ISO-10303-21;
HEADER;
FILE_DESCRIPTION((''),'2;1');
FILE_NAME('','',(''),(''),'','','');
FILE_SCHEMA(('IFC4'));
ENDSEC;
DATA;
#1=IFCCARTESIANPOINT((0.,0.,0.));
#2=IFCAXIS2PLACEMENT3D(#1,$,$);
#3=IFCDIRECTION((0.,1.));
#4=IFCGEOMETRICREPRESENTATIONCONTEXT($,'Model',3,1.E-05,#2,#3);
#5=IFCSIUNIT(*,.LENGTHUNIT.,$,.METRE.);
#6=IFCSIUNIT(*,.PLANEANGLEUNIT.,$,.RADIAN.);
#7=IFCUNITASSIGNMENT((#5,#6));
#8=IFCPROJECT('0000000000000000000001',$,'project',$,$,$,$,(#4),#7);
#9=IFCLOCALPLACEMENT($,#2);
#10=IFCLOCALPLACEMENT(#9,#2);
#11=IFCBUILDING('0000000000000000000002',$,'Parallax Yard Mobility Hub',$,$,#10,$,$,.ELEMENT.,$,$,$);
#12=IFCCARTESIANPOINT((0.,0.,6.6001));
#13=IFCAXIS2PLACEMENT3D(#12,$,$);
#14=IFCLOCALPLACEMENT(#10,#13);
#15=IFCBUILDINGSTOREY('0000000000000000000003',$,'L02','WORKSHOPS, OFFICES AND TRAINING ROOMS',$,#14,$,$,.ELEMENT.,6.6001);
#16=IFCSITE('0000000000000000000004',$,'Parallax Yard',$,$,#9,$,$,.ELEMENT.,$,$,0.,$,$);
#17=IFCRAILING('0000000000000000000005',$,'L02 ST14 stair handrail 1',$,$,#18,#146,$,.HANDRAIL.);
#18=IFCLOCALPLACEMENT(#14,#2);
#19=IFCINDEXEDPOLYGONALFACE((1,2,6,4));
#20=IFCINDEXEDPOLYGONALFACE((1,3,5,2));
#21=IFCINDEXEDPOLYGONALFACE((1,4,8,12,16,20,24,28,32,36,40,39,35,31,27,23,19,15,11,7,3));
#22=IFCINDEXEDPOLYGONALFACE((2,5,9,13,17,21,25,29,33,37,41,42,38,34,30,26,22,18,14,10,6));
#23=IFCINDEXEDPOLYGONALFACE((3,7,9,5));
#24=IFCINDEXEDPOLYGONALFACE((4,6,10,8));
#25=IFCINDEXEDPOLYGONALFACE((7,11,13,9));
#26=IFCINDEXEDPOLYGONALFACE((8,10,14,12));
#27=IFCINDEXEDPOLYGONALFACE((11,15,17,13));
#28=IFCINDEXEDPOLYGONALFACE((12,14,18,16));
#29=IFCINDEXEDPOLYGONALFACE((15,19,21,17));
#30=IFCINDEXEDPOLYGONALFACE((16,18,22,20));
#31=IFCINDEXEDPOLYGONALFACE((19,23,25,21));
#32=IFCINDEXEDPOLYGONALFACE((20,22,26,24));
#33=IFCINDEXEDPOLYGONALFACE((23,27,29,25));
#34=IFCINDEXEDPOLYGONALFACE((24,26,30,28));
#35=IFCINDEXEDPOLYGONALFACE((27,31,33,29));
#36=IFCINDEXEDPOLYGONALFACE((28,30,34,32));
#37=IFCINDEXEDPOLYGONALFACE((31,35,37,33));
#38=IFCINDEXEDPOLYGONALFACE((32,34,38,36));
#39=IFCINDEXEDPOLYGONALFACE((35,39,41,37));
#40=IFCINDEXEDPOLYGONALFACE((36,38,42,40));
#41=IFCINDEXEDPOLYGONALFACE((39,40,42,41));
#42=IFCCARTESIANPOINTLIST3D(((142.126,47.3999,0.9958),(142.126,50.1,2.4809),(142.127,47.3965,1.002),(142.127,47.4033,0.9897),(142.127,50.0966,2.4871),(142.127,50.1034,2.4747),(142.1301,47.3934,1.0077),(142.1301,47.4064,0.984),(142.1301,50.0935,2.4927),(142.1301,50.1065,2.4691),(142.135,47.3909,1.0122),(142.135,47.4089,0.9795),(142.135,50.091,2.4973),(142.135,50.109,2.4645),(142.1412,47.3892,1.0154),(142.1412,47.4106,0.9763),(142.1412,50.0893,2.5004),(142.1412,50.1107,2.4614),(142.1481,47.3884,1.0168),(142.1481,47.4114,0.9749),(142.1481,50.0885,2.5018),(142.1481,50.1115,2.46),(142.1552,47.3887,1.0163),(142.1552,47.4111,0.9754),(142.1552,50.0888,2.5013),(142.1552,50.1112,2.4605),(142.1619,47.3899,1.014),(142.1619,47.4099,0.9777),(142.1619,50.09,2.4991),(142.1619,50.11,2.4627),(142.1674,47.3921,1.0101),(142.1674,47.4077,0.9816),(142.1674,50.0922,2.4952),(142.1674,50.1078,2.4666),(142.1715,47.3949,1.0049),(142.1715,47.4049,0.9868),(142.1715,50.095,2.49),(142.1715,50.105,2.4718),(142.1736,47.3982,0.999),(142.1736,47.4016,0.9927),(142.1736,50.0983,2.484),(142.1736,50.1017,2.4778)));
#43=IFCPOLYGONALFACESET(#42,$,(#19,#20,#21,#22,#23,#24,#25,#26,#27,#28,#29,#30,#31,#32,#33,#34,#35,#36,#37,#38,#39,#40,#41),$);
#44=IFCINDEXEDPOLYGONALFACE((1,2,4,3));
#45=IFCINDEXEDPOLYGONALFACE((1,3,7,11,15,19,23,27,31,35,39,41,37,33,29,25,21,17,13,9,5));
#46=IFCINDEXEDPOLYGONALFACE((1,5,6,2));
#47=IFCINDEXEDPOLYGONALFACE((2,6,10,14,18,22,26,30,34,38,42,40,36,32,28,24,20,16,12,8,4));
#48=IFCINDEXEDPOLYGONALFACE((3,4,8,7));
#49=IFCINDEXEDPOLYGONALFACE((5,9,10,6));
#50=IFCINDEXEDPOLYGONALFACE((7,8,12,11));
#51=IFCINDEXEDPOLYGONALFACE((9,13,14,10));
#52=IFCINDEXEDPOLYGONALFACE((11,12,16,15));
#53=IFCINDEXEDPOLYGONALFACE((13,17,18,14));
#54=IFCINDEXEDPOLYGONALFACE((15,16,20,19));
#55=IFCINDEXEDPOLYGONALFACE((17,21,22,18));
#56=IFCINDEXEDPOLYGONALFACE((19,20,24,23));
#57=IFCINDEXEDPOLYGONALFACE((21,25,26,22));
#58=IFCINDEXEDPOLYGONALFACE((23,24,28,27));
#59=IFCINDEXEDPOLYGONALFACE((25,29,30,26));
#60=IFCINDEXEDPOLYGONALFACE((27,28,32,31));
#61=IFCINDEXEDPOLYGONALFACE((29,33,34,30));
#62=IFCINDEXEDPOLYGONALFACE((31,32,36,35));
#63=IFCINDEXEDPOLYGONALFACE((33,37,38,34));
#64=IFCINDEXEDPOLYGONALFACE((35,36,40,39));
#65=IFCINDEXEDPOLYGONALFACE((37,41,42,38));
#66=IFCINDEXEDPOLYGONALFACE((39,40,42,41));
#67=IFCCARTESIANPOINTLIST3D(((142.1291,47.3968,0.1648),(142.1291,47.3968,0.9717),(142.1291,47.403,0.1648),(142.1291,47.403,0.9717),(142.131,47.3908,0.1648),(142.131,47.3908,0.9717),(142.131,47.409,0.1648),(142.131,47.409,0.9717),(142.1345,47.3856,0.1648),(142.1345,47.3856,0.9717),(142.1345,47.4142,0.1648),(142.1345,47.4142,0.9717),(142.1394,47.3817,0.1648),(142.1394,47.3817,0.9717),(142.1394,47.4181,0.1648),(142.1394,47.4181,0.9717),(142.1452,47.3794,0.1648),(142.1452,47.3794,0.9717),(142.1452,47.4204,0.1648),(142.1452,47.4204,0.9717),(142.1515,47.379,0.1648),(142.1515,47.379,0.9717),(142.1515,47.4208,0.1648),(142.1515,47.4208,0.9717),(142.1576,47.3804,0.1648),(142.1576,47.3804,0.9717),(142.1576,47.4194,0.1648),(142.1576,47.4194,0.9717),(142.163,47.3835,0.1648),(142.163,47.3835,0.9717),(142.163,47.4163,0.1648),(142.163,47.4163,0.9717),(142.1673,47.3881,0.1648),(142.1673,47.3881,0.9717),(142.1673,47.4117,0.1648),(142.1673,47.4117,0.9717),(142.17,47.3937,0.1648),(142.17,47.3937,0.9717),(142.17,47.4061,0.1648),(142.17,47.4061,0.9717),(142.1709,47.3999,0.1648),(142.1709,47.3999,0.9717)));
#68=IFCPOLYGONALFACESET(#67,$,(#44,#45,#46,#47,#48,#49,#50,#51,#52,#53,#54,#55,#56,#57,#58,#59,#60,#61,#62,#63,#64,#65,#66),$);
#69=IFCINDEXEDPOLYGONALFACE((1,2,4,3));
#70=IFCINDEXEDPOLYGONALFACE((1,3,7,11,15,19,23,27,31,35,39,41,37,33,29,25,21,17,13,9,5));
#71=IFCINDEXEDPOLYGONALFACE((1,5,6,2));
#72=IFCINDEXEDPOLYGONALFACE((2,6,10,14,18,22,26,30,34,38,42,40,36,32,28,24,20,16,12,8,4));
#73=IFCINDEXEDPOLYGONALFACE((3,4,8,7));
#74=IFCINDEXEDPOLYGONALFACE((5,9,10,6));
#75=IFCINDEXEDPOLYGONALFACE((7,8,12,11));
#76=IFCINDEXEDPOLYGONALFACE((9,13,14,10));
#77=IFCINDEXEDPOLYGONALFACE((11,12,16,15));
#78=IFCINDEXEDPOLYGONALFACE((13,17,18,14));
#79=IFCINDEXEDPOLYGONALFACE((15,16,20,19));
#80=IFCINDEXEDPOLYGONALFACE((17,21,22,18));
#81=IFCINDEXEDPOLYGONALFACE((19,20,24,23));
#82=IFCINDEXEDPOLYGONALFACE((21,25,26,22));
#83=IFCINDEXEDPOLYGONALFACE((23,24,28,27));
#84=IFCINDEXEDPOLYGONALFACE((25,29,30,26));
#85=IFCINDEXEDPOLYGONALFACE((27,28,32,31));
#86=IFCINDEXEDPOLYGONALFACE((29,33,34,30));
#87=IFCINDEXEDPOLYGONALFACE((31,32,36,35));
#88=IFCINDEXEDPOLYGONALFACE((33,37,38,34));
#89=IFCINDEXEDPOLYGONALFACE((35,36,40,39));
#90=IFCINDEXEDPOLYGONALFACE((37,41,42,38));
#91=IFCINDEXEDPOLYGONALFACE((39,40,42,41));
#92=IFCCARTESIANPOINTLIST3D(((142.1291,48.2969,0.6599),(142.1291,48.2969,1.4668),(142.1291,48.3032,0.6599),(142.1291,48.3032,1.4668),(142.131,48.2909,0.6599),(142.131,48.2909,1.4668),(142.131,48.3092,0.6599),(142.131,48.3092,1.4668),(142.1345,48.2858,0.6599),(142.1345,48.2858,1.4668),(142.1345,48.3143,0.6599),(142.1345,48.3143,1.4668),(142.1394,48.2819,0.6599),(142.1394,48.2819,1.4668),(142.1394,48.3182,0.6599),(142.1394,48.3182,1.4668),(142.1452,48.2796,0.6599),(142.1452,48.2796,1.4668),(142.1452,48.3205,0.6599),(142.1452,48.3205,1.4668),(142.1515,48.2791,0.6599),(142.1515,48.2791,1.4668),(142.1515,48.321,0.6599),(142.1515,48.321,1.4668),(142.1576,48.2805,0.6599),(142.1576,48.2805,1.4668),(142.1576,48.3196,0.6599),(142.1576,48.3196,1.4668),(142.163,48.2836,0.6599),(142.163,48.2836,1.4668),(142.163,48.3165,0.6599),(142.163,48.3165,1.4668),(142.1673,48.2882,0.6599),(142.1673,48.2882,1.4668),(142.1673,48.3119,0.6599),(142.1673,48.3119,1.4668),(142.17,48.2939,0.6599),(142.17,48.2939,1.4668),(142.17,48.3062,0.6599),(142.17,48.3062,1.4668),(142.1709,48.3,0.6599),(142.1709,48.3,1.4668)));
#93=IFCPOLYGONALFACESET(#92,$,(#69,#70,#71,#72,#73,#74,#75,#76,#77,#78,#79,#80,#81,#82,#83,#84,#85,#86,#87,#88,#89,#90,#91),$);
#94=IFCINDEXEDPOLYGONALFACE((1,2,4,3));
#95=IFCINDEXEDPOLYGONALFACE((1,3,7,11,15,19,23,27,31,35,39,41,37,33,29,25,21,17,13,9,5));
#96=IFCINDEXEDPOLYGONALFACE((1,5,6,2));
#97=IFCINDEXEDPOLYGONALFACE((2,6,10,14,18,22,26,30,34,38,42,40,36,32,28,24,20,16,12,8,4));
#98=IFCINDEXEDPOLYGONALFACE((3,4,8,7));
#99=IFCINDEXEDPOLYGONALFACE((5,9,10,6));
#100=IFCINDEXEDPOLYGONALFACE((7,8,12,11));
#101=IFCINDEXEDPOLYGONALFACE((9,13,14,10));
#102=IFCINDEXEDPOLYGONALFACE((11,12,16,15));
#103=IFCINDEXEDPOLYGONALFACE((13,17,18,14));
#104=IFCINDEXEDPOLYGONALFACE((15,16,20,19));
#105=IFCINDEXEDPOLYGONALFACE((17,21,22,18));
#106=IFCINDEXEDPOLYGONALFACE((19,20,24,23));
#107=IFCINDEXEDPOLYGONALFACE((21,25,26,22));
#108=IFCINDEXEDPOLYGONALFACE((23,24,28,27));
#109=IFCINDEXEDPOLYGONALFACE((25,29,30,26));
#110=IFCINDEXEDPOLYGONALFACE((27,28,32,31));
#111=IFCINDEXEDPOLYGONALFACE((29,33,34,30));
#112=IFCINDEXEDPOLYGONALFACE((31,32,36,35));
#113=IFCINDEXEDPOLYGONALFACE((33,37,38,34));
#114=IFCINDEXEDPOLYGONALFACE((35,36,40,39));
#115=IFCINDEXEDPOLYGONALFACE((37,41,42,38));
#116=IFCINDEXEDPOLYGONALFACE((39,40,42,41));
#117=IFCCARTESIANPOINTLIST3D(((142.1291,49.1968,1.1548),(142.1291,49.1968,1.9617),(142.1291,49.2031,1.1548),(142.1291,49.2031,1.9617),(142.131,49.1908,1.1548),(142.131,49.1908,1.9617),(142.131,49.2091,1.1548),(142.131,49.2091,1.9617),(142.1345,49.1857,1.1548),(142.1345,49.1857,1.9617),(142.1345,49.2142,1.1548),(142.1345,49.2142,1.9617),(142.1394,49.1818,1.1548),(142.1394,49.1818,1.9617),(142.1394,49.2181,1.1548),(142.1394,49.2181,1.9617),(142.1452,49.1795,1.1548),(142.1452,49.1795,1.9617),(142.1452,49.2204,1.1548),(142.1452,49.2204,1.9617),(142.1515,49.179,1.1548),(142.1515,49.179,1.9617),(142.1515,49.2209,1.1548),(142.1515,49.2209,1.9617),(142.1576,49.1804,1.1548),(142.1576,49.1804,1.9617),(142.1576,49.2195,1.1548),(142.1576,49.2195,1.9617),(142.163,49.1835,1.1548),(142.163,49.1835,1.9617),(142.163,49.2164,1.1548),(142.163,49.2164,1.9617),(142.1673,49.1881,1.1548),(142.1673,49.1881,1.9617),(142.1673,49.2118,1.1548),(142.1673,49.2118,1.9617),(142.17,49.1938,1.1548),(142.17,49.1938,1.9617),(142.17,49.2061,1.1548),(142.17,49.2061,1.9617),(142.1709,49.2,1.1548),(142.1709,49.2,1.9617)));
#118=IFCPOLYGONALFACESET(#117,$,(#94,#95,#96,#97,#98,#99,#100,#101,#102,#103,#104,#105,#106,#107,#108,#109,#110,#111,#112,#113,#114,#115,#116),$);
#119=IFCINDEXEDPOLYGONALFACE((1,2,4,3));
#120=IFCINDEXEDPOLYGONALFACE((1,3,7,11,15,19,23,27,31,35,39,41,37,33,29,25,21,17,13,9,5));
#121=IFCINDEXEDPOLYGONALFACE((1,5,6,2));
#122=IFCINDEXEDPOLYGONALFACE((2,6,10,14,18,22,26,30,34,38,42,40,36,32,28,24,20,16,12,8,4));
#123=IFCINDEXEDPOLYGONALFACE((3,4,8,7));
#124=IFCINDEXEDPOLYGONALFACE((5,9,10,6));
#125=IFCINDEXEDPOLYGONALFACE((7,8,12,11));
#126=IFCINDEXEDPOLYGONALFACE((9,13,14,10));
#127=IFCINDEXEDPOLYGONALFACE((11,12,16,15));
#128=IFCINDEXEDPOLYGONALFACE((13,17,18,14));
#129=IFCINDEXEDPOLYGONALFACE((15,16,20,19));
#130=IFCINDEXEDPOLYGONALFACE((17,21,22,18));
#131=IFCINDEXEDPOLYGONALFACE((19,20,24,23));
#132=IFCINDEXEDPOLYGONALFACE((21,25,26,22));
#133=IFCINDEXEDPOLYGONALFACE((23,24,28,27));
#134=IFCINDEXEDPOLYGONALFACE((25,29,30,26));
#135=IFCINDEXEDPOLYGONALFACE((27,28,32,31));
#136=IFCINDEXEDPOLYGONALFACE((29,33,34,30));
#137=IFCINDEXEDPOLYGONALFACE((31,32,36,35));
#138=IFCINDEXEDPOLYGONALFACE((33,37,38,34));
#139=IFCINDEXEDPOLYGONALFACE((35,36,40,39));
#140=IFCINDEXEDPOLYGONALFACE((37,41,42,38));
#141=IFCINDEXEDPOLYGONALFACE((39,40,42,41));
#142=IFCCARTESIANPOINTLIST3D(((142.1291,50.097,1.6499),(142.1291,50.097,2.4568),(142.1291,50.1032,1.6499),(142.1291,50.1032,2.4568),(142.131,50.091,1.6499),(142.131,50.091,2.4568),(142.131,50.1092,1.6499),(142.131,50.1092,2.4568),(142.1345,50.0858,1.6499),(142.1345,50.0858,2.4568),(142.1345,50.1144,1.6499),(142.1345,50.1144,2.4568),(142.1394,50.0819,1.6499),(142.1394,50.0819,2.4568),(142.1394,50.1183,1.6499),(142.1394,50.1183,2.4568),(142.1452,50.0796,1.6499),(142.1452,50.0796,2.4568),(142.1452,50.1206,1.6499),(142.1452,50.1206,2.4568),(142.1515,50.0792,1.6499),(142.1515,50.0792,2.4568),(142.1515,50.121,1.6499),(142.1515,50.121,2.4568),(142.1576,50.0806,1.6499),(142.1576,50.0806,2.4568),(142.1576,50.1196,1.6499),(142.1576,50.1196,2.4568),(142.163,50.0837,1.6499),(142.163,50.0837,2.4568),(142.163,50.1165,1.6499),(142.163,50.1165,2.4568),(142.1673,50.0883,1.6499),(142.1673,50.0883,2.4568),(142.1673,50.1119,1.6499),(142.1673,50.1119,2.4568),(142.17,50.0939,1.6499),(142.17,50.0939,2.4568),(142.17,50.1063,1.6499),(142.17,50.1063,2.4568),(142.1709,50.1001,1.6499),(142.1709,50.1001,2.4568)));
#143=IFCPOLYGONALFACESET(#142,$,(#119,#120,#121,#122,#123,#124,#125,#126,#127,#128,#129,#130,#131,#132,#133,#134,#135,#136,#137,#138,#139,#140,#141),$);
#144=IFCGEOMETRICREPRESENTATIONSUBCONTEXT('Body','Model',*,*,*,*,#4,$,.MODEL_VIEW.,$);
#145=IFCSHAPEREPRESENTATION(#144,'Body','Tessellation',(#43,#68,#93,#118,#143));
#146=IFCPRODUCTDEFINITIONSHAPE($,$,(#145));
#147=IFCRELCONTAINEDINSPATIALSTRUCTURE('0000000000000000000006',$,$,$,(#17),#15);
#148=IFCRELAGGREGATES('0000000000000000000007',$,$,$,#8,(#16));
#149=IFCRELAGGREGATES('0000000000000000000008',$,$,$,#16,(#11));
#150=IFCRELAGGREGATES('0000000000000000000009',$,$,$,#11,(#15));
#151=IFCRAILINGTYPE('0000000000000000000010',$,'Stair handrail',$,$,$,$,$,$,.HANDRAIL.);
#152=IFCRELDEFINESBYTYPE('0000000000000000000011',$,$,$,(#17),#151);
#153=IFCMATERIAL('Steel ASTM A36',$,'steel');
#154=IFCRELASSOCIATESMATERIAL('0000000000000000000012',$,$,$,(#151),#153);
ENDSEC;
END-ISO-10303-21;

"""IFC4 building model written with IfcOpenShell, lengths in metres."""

from ifc_helpers import new_model, si_unit, direction, frame, origin, origin_2d, place, context, subcontext, project, spatial, circle, extrude, material, type_object, element, save


model = new_model("IFC4")

# Units and contexts
model_context = context("Model", 3, precision=1e-05, world=origin(), true_north=direction((0.0, 1.0)))
body_context = subcontext(model_context, "Body", "Model", "MODEL_VIEW")
ifc_project = project(units=[si_unit("LENGTHUNIT", "METRE"), si_unit("PLANEANGLEUNIT", "RADIAN")], contexts=[model_context])

# Site, building, storey
site_placement = place(None, origin())
site = spatial("IfcSite", under=ifc_project, at=site_placement, Name="Parallax Yard", CompositionType="ELEMENT", RefElevation=0.0)
building_placement = place(site_placement, origin())
building = spatial("IfcBuilding", under=site, at=building_placement, Name="Parallax Yard Mobility Hub", CompositionType="ELEMENT")
storey_placement = place(building_placement, frame((0.0, 0.0, 6.6001)))
storey = spatial("IfcBuildingStorey", under=building, at=storey_placement, Name="L02", Description="WORKSHOPS, OFFICES AND TRAINING ROOMS", CompositionType="ELEMENT", Elevation=6.6001)

# Railing
ifc_material_1 = material(Name="Steel ASTM A36", Category="steel")
railing_type_1 = type_object("IfcRailingType", Name="Stair handrail", PredefinedType="HANDRAIL", material=ifc_material_1)
railing_1_placement = place(storey_placement, frame((142.1499, 47.3999, 0.1648)))
element("IfcRailing", 1, at=railing_1_placement, inside=storey, type_object=railing_type_1, Name="L02 ST14 stair handrail 1", PredefinedType="HANDRAIL", context=body_context, shape_type="SweptSolid", body=[
    extrude(circle(Radius=0.0239, at=origin_2d()), frame((0.0, 0.0, 0.8311), z_axis=(0.0, 0.876216, 0.481919), x_axis=(-1.0, 0.0, 0.0)), (0.0, 0.0, 1.0), 3.0815),
    extrude(circle(Radius=0.021, at=origin_2d()), origin(), (0.0, 0.0, 1.0), 0.8069),
    extrude(circle(Radius=0.021, at=origin_2d()), frame((0.0, 0.9001, 0.4951)), (0.0, 0.0, 1.0), 0.8069),
    extrude(circle(Radius=0.021, at=origin_2d()), frame((0.0, 1.8, 0.99)), (0.0, 0.0, 1.0), 0.8069),
    extrude(circle(Radius=0.021, at=origin_2d()), frame((0.0, 2.7002, 1.4851)), (0.0, 0.0, 1.0), 0.8069),
])

save(model, "model.ifc")
